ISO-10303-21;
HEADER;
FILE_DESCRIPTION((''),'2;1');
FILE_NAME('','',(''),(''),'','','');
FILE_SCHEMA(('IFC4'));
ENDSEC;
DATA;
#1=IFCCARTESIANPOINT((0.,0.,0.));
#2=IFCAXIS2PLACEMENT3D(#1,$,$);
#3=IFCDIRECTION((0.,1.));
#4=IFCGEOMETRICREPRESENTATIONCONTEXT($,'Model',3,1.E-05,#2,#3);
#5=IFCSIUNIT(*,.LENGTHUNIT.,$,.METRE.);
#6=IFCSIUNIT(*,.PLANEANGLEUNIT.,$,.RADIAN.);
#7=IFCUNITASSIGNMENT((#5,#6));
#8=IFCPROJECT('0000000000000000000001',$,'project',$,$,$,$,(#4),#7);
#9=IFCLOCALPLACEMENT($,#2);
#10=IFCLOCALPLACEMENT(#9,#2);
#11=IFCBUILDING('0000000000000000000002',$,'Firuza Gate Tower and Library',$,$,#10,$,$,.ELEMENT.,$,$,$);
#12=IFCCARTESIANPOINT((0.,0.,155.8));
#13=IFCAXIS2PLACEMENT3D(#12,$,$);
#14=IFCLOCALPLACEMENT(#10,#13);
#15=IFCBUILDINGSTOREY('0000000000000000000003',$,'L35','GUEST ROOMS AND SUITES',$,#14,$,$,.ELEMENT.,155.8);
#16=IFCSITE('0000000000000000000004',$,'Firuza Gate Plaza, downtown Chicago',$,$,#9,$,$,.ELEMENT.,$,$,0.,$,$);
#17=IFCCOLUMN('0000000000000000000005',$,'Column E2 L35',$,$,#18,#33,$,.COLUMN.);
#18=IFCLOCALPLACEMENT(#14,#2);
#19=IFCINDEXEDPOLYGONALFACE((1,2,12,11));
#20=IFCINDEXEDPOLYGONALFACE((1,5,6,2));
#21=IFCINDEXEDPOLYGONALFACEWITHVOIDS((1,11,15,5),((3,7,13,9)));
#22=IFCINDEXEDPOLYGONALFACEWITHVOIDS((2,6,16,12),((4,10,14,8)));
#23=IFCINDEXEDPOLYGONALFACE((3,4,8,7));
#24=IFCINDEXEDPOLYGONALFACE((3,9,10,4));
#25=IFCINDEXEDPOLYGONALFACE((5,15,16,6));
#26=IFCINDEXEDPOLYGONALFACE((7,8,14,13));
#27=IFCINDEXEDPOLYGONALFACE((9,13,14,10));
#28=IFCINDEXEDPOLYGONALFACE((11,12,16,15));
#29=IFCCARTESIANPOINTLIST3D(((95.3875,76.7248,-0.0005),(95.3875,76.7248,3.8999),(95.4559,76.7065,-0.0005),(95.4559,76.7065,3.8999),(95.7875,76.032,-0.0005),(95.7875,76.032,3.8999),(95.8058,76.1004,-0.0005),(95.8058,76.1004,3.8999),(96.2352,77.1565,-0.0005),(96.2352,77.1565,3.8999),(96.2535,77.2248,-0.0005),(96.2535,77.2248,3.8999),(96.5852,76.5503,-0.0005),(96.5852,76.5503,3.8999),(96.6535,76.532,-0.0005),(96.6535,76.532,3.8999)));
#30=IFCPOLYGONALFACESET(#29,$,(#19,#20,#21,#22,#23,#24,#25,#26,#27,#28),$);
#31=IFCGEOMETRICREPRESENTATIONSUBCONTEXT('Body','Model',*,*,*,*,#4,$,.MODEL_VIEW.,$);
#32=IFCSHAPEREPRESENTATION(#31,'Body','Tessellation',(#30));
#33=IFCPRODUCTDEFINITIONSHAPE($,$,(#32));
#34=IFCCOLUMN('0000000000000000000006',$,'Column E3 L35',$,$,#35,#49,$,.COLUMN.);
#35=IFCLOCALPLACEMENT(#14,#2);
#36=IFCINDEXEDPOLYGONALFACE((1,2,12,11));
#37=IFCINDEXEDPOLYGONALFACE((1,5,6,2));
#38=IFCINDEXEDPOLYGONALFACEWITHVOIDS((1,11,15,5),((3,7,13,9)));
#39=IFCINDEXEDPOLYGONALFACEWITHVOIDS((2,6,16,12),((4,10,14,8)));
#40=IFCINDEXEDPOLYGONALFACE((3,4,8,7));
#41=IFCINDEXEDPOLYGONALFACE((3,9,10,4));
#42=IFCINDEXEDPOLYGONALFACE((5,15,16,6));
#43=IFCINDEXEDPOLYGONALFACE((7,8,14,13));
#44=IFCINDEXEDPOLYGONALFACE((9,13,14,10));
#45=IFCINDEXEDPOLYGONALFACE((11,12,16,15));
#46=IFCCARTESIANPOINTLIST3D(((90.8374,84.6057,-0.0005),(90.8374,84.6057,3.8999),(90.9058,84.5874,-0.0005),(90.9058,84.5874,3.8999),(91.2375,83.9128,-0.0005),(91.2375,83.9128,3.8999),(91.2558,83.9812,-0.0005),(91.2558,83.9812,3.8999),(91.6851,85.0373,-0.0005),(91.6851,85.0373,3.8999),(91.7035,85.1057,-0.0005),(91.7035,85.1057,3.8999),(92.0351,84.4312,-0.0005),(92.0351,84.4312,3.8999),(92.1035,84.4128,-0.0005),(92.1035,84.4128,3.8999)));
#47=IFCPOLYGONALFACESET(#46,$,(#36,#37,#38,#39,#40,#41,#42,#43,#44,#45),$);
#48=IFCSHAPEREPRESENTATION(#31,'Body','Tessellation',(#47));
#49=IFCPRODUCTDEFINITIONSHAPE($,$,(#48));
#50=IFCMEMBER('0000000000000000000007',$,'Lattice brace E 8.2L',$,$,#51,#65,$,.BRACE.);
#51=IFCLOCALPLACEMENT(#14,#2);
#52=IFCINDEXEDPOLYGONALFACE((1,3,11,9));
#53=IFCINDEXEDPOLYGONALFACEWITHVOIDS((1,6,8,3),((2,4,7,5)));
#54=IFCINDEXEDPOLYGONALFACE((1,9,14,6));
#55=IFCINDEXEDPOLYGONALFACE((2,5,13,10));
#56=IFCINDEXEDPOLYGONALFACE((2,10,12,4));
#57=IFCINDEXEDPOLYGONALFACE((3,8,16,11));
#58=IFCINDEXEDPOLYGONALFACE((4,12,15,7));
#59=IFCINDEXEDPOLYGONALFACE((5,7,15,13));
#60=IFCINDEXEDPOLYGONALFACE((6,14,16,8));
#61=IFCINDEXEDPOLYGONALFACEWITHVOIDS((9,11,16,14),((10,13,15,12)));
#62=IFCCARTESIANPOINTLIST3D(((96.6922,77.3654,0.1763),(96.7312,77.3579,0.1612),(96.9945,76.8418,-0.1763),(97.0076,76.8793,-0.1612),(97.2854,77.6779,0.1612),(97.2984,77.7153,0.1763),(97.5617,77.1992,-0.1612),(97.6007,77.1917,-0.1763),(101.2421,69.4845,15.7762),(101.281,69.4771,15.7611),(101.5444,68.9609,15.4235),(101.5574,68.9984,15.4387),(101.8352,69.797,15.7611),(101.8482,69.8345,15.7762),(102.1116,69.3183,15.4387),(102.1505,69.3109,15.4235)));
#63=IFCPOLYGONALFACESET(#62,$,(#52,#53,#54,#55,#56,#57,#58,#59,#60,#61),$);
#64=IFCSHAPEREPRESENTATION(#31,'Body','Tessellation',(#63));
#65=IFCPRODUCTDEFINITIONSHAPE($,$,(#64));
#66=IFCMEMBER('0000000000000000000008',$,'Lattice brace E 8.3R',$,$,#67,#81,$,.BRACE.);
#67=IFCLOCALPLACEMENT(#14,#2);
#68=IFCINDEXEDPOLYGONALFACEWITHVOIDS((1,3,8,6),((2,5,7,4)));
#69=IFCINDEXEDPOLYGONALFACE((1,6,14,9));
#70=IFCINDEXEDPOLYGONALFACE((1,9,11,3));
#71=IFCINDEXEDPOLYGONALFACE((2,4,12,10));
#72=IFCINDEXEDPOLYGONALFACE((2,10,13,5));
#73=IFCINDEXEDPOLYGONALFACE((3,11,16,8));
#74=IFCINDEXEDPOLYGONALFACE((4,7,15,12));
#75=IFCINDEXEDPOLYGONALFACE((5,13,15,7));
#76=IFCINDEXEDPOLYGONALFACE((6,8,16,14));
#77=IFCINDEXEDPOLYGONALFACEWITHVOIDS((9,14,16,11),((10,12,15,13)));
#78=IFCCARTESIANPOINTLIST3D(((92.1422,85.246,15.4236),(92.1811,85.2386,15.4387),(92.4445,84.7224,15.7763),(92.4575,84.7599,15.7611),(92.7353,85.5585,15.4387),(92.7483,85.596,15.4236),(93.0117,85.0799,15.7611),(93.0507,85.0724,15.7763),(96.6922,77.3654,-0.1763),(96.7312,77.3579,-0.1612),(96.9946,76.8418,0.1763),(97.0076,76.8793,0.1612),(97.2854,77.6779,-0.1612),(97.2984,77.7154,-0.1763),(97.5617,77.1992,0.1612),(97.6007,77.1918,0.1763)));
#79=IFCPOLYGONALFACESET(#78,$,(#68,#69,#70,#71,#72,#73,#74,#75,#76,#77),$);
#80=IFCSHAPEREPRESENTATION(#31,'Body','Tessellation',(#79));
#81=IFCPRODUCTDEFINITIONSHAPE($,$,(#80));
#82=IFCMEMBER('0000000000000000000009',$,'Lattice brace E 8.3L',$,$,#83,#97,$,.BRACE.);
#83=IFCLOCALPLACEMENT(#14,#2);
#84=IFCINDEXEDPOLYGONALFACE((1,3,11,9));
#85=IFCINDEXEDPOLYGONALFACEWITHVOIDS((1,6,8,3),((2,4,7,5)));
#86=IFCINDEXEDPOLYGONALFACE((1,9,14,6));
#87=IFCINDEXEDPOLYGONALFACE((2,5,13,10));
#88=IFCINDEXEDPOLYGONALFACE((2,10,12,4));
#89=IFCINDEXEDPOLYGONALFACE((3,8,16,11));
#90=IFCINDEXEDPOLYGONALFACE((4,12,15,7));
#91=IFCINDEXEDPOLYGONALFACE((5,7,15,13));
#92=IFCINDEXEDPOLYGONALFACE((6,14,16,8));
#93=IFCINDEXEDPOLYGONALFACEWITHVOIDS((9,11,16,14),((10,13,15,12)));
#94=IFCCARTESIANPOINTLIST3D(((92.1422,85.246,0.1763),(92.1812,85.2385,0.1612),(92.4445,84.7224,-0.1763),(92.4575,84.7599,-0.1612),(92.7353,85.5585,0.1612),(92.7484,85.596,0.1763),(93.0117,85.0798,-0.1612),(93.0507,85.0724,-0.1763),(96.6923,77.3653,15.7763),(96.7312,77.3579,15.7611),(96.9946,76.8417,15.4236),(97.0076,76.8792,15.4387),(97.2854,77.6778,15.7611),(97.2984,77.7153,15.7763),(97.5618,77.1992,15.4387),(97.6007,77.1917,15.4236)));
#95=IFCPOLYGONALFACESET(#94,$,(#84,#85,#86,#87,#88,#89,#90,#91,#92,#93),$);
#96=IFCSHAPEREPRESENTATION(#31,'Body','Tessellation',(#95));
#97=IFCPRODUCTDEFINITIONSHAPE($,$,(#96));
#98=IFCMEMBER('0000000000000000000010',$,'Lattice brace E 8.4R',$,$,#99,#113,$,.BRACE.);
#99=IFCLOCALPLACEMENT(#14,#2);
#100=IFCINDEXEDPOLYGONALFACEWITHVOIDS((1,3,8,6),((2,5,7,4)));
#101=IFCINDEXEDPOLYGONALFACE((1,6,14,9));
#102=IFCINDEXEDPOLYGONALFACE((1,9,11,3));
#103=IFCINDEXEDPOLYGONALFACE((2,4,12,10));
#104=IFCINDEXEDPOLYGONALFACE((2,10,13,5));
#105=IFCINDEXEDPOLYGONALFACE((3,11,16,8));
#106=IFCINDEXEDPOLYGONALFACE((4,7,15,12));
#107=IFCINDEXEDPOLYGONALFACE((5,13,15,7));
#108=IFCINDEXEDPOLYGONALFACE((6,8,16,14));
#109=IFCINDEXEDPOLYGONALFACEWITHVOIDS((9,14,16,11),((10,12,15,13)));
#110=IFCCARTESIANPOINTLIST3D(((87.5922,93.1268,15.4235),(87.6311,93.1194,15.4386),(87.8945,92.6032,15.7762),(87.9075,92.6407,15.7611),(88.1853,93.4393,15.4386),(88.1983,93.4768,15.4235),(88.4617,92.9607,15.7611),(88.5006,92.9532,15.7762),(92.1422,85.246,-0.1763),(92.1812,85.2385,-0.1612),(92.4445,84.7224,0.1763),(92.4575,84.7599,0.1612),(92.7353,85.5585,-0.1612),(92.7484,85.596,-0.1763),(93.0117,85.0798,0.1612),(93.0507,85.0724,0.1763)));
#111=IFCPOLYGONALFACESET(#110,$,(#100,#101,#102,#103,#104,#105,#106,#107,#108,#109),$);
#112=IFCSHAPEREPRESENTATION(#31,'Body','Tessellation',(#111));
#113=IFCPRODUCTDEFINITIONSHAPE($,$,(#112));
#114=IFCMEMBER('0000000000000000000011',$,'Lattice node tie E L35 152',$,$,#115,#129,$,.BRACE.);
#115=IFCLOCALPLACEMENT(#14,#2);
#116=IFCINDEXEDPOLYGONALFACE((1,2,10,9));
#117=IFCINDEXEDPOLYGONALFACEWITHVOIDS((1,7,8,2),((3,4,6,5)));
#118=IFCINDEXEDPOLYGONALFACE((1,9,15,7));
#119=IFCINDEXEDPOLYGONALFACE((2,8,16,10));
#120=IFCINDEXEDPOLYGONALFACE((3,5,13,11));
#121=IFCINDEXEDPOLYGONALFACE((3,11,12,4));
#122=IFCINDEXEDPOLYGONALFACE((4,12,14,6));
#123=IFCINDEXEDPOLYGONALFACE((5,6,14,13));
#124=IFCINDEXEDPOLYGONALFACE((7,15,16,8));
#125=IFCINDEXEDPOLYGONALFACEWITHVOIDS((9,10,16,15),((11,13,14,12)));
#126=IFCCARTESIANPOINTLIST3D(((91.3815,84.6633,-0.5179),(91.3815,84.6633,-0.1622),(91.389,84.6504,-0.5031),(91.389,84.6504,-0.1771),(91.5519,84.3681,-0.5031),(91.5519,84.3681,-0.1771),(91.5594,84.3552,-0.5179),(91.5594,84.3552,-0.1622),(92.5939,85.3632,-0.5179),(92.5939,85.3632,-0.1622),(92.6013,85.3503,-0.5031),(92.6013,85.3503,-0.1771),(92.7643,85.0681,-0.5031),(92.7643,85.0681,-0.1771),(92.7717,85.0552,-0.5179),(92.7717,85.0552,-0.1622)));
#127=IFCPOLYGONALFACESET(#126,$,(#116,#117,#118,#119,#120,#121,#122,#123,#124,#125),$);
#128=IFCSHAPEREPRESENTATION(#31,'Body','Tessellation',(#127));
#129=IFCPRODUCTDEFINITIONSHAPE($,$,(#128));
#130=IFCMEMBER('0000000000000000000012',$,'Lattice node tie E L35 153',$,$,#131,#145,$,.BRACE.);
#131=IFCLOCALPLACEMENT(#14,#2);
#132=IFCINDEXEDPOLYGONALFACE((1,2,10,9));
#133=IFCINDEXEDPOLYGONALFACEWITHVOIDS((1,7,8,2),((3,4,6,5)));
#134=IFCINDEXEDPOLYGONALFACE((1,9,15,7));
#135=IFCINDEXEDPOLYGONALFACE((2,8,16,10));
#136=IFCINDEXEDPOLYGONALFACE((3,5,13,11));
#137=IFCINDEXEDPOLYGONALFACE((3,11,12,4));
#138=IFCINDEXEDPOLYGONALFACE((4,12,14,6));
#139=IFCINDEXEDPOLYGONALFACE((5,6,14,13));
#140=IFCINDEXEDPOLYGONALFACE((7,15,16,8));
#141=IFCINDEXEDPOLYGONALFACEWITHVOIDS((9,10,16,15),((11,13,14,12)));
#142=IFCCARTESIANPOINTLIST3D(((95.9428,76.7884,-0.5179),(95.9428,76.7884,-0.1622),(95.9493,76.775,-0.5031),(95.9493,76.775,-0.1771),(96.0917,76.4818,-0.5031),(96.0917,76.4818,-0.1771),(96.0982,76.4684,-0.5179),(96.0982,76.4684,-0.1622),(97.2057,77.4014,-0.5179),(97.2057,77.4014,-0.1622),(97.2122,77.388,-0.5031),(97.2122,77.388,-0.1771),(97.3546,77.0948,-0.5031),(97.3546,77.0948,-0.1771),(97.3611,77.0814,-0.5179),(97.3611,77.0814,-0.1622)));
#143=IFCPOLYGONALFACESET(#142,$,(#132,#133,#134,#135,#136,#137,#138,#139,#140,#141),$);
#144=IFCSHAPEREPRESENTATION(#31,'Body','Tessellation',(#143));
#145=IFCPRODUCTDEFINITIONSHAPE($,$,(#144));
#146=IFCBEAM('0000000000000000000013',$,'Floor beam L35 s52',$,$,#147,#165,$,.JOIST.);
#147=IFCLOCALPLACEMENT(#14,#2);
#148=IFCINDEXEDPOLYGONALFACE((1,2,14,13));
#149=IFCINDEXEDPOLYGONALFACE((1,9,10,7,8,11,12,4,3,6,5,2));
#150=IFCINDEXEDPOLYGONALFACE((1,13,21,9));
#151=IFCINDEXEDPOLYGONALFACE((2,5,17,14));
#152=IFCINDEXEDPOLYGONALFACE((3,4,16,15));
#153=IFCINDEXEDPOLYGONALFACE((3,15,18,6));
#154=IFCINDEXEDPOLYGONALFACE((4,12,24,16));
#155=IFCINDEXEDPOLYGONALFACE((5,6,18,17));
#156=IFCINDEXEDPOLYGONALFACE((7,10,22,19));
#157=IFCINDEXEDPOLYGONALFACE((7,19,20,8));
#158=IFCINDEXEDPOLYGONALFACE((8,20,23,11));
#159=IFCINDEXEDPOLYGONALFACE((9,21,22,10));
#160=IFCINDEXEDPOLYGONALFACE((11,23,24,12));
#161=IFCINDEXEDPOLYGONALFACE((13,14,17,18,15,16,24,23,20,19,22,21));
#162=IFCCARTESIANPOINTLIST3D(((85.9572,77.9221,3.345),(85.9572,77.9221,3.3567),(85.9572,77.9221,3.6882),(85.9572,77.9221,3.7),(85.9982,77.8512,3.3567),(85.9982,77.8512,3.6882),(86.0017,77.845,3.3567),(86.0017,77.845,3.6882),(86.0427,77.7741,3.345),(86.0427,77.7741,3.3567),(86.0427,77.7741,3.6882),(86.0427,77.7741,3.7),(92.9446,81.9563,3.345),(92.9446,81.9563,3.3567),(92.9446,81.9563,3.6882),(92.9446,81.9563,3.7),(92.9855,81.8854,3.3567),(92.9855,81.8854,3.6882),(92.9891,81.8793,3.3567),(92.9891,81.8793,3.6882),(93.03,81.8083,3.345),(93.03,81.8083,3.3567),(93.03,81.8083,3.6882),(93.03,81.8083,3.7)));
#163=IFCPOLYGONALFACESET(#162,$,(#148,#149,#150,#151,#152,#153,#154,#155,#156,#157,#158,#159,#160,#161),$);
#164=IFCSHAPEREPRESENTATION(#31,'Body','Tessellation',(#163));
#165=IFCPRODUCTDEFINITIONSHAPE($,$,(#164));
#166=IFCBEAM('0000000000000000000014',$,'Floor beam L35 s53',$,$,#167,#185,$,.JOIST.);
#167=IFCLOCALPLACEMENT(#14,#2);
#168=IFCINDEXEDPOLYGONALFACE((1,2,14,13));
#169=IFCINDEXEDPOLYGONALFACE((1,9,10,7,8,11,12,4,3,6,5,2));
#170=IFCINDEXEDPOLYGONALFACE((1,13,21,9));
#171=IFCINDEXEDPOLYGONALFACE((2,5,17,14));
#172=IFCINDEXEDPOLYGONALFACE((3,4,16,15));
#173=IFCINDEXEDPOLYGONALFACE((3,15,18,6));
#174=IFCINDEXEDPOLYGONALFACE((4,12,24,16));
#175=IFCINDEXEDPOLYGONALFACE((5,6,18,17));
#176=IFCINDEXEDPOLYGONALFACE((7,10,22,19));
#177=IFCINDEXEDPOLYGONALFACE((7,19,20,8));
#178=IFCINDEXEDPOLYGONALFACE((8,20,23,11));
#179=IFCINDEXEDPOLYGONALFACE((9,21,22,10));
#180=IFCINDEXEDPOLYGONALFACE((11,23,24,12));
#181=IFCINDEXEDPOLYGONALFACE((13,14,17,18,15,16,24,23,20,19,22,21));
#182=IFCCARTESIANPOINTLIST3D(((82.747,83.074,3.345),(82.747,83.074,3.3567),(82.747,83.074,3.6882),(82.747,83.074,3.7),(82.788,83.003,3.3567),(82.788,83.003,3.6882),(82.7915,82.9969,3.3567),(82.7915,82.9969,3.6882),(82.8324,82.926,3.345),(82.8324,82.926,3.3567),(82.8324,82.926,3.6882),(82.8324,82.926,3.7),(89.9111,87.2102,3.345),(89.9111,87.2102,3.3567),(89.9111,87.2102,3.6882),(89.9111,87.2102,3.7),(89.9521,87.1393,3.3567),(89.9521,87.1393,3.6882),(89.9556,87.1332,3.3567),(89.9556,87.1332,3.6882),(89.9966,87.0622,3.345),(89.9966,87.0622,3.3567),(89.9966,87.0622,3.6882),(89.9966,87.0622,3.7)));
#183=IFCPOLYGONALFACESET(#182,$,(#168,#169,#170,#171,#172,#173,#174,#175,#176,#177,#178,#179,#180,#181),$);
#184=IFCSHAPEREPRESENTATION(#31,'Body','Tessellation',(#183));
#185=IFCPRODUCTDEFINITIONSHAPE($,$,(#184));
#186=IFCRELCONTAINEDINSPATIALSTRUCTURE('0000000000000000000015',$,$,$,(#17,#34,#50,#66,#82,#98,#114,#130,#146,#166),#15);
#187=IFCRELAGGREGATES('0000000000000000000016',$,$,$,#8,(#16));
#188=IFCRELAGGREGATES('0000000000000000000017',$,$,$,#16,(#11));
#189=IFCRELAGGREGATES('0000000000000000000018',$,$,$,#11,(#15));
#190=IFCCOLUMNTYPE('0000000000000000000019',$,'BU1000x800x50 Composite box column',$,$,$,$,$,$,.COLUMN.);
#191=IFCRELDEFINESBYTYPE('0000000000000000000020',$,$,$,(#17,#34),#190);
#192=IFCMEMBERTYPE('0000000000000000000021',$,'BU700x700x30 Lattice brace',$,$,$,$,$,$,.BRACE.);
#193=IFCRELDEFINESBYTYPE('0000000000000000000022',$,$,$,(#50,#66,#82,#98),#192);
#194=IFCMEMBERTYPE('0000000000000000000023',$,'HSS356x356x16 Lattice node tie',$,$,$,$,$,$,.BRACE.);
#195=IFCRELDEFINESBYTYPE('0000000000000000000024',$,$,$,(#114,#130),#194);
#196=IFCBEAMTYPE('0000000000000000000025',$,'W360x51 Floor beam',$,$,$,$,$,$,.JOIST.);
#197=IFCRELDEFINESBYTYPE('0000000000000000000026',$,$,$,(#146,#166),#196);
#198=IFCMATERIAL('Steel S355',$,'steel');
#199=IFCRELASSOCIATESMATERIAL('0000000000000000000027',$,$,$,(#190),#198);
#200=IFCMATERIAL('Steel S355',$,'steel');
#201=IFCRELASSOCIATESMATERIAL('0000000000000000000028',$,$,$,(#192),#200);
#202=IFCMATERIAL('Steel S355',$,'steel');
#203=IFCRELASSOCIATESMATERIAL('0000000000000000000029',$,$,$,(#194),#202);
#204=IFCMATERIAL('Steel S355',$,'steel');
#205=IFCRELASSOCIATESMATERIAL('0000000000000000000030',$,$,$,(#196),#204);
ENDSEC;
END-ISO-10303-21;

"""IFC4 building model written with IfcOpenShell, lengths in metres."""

from ifc_helpers import new_model, si_unit, direction, frame, origin, origin_2d, place, context, subcontext, project, spatial, hollow_rectangle, i_section, extrude, material, material_profile, profile_set, type_object, element, save


model = new_model("IFC4")

# Units and contexts
model_context = context("Model", 3, precision=1e-05, world=origin(), true_north=direction((0.0, 1.0)))
body_context = subcontext(model_context, "Body", "Model", "MODEL_VIEW")
ifc_project = project(units=[si_unit("LENGTHUNIT", "METRE"), si_unit("PLANEANGLEUNIT", "RADIAN")], contexts=[model_context])

# Site, building, storey
site_placement = place(None, origin())
site = spatial("IfcSite", under=ifc_project, at=site_placement, Name="Firuza Gate Plaza, downtown Chicago", CompositionType="ELEMENT", RefElevation=0.0)
building_placement = place(site_placement, origin())
building = spatial("IfcBuilding", under=site, at=building_placement, Name="Firuza Gate Tower and Library", CompositionType="ELEMENT")
storey_placement = place(building_placement, frame((0.0, 0.0, 155.8)))
storey = spatial("IfcBuildingStorey", under=building, at=storey_placement, Name="L35", Description="GUEST ROOMS AND SUITES", CompositionType="ELEMENT", Elevation=155.8)

# Columns
ifc_material_1 = material(Name="Steel S355", Category="steel")
ifc_material_profile_1 = material_profile(ifc_material_1, hollow_rectangle(XDim=0.8, YDim=1.0, WallThickness=0.05, at=origin_2d()))
ifc_profile_set_1 = profile_set([ifc_material_profile_1], Name="Steel S355")
column_type = type_object("IfcColumnType", Name="BU1000x800x50 Composite box column", PredefinedType="COLUMN", material=ifc_profile_set_1)
for number, where, z_axis, x_axis, name in (
    (1, (96.0205, 76.6284, -0.0005), (0.0, 0.0, 1.0), (-0.5, 0.866025, 0.0), "Column E2 L35"),
    (2, (91.4705, 84.5093, -0.0005), (0.0, 0.0, 1.0), (-0.5, 0.866025, 0.0), "Column E3 L35"),
):
    element("IfcColumn", number, at=place(storey_placement, frame(where, z_axis=z_axis, x_axis=x_axis)), inside=storey, type_object=column_type, Name=name, PredefinedType="COLUMN", context=body_context, shape_type="SweptSolid", body=[
        extrude(hollow_rectangle(XDim=0.8, YDim=1.0, WallThickness=0.05, at=origin_2d()), origin(), (0.0, 0.0, 1.0), 3.9004),
    ])

# Members
ifc_material_2 = material(Name="Steel S355", Category="steel")
ifc_material_profile_2 = material_profile(ifc_material_2, hollow_rectangle(XDim=0.7, YDim=0.7, WallThickness=0.03, at=origin_2d()))
ifc_profile_set_2 = profile_set([ifc_material_profile_2], Name="Steel S355")
member_type_1 = type_object("IfcMemberType", Name="BU700x700x30 Lattice brace", PredefinedType="BRACE", material=ifc_profile_set_2)
for number, where, z_axis, x_axis, name in (
    (3, (97.1465, 77.2786, 0.0), (0.251927, -0.436371, 0.863779), (0.866035, 0.499983, 0.0), "Lattice brace E 8.2L"),
    (4, (97.1465, 77.2786, 0.0), (-0.251941, 0.436358, 0.863781), (-0.866017, -0.500014, 0.0), "Lattice brace E 8.3R"),
    (5, (92.5964, 85.1592, 0.0), (0.251941, -0.436358, 0.863781), (0.866017, 0.500014, 0.0), "Lattice brace E 8.3L"),
    (6, (92.5964, 85.1592, 0.0), (-0.25194, 0.436369, 0.863776), (-0.866024, -0.500003, 0.0), "Lattice brace E 8.4R"),
):
    element("IfcMember", number, at=place(storey_placement, frame(where, z_axis=z_axis, x_axis=x_axis)), inside=storey, type_object=member_type_1, Name=name, PredefinedType="BRACE", context=body_context, shape_type="SweptSolid", body=[
        extrude(hollow_rectangle(XDim=0.7, YDim=0.7, WallThickness=0.03, at=origin_2d()), origin(), (0.0, 0.0, 1.0), 18.0601),
    ])
ifc_material_3 = material(Name="Steel S355", Category="steel")
ifc_material_profile_3 = material_profile(ifc_material_3, hollow_rectangle(XDim=0.3557, YDim=0.3557, WallThickness=0.0149, at=origin_2d()))
ifc_profile_set_3 = profile_set([ifc_material_profile_3], Name="Steel S355")
member_type_2 = type_object("IfcMemberType", Name="HSS356x356x16 Lattice node tie", PredefinedType="BRACE", material=ifc_profile_set_3)
member_1_placement = place(storey_placement, frame((91.4705, 84.5093, -0.3401), z_axis=(0.866035, 0.499984, 0.0), x_axis=(-0.499984, 0.866035, 0.0)))
element("IfcMember", 7, at=member_1_placement, inside=storey, type_object=member_type_2, Name="Lattice node tie E L35 152", PredefinedType="BRACE", context=body_context, shape_type="SweptSolid", body=[
    extrude(hollow_rectangle(XDim=0.3557, YDim=0.3557, WallThickness=0.0149, at=origin_2d()), origin(), (0.0, 0.0, 1.0), 1.3999),
])
member_2_placement = place(storey_placement, frame((96.0205, 76.6284, -0.3401), z_axis=(0.899617, 0.436679, 0.0), x_axis=(-0.436679, 0.899617, 0.0)))
element("IfcMember", 8, at=member_2_placement, inside=storey, type_object=member_type_2, Name="Lattice node tie E L35 153", PredefinedType="BRACE", context=body_context, shape_type="SweptSolid", body=[
    extrude(hollow_rectangle(XDim=0.3557, YDim=0.3557, WallThickness=0.0149, at=origin_2d()), origin(), (0.0, 0.0, 1.0), 1.4038),
])

# Beams
ifc_material_4 = material(Name="Steel S355", Category="steel")
ifc_material_profile_4 = material_profile(ifc_material_4, i_section(OverallWidth=0.1709, OverallDepth=0.355, WebThickness=0.0071, FlangeThickness=0.0117, at=origin_2d()))
ifc_profile_set_4 = profile_set([ifc_material_profile_4], Name="Steel S355")
beam_type_1 = type_object("IfcBeamType", Name="W360x51 Floor beam", PredefinedType="JOIST", material=ifc_profile_set_4)
beam_1_placement = place(storey_placement, frame((92.9873, 81.8823, 3.5225), z_axis=(-0.866022, -0.500005, 0.0), x_axis=(0.500005, -0.866022, 0.0)))
element("IfcBeam", 9, at=beam_1_placement, inside=storey, type_object=beam_type_1, Name="Floor beam L35 s52", PredefinedType="JOIST", context=body_context, shape_type="SweptSolid", body=[
    extrude(i_section(OverallWidth=0.1709, OverallDepth=0.355, WebThickness=0.0071, FlangeThickness=0.0117, at=origin_2d()), origin(), (0.0, 0.0, 1.0), 8.0684),
])
beam_2_placement = place(storey_placement, frame((89.9539, 87.1362, 3.5225), z_axis=(-0.866022, -0.500005, 0.0), x_axis=(0.500005, -0.866022, 0.0)))
element("IfcBeam", 10, at=beam_2_placement, inside=storey, type_object=beam_type_1, Name="Floor beam L35 s53", PredefinedType="JOIST", context=body_context, shape_type="SweptSolid", body=[
    extrude(i_section(OverallWidth=0.1709, OverallDepth=0.355, WebThickness=0.0071, FlangeThickness=0.0117, at=origin_2d()), origin(), (0.0, 0.0, 1.0), 8.2725),
])

save(model, "model.ifc")
